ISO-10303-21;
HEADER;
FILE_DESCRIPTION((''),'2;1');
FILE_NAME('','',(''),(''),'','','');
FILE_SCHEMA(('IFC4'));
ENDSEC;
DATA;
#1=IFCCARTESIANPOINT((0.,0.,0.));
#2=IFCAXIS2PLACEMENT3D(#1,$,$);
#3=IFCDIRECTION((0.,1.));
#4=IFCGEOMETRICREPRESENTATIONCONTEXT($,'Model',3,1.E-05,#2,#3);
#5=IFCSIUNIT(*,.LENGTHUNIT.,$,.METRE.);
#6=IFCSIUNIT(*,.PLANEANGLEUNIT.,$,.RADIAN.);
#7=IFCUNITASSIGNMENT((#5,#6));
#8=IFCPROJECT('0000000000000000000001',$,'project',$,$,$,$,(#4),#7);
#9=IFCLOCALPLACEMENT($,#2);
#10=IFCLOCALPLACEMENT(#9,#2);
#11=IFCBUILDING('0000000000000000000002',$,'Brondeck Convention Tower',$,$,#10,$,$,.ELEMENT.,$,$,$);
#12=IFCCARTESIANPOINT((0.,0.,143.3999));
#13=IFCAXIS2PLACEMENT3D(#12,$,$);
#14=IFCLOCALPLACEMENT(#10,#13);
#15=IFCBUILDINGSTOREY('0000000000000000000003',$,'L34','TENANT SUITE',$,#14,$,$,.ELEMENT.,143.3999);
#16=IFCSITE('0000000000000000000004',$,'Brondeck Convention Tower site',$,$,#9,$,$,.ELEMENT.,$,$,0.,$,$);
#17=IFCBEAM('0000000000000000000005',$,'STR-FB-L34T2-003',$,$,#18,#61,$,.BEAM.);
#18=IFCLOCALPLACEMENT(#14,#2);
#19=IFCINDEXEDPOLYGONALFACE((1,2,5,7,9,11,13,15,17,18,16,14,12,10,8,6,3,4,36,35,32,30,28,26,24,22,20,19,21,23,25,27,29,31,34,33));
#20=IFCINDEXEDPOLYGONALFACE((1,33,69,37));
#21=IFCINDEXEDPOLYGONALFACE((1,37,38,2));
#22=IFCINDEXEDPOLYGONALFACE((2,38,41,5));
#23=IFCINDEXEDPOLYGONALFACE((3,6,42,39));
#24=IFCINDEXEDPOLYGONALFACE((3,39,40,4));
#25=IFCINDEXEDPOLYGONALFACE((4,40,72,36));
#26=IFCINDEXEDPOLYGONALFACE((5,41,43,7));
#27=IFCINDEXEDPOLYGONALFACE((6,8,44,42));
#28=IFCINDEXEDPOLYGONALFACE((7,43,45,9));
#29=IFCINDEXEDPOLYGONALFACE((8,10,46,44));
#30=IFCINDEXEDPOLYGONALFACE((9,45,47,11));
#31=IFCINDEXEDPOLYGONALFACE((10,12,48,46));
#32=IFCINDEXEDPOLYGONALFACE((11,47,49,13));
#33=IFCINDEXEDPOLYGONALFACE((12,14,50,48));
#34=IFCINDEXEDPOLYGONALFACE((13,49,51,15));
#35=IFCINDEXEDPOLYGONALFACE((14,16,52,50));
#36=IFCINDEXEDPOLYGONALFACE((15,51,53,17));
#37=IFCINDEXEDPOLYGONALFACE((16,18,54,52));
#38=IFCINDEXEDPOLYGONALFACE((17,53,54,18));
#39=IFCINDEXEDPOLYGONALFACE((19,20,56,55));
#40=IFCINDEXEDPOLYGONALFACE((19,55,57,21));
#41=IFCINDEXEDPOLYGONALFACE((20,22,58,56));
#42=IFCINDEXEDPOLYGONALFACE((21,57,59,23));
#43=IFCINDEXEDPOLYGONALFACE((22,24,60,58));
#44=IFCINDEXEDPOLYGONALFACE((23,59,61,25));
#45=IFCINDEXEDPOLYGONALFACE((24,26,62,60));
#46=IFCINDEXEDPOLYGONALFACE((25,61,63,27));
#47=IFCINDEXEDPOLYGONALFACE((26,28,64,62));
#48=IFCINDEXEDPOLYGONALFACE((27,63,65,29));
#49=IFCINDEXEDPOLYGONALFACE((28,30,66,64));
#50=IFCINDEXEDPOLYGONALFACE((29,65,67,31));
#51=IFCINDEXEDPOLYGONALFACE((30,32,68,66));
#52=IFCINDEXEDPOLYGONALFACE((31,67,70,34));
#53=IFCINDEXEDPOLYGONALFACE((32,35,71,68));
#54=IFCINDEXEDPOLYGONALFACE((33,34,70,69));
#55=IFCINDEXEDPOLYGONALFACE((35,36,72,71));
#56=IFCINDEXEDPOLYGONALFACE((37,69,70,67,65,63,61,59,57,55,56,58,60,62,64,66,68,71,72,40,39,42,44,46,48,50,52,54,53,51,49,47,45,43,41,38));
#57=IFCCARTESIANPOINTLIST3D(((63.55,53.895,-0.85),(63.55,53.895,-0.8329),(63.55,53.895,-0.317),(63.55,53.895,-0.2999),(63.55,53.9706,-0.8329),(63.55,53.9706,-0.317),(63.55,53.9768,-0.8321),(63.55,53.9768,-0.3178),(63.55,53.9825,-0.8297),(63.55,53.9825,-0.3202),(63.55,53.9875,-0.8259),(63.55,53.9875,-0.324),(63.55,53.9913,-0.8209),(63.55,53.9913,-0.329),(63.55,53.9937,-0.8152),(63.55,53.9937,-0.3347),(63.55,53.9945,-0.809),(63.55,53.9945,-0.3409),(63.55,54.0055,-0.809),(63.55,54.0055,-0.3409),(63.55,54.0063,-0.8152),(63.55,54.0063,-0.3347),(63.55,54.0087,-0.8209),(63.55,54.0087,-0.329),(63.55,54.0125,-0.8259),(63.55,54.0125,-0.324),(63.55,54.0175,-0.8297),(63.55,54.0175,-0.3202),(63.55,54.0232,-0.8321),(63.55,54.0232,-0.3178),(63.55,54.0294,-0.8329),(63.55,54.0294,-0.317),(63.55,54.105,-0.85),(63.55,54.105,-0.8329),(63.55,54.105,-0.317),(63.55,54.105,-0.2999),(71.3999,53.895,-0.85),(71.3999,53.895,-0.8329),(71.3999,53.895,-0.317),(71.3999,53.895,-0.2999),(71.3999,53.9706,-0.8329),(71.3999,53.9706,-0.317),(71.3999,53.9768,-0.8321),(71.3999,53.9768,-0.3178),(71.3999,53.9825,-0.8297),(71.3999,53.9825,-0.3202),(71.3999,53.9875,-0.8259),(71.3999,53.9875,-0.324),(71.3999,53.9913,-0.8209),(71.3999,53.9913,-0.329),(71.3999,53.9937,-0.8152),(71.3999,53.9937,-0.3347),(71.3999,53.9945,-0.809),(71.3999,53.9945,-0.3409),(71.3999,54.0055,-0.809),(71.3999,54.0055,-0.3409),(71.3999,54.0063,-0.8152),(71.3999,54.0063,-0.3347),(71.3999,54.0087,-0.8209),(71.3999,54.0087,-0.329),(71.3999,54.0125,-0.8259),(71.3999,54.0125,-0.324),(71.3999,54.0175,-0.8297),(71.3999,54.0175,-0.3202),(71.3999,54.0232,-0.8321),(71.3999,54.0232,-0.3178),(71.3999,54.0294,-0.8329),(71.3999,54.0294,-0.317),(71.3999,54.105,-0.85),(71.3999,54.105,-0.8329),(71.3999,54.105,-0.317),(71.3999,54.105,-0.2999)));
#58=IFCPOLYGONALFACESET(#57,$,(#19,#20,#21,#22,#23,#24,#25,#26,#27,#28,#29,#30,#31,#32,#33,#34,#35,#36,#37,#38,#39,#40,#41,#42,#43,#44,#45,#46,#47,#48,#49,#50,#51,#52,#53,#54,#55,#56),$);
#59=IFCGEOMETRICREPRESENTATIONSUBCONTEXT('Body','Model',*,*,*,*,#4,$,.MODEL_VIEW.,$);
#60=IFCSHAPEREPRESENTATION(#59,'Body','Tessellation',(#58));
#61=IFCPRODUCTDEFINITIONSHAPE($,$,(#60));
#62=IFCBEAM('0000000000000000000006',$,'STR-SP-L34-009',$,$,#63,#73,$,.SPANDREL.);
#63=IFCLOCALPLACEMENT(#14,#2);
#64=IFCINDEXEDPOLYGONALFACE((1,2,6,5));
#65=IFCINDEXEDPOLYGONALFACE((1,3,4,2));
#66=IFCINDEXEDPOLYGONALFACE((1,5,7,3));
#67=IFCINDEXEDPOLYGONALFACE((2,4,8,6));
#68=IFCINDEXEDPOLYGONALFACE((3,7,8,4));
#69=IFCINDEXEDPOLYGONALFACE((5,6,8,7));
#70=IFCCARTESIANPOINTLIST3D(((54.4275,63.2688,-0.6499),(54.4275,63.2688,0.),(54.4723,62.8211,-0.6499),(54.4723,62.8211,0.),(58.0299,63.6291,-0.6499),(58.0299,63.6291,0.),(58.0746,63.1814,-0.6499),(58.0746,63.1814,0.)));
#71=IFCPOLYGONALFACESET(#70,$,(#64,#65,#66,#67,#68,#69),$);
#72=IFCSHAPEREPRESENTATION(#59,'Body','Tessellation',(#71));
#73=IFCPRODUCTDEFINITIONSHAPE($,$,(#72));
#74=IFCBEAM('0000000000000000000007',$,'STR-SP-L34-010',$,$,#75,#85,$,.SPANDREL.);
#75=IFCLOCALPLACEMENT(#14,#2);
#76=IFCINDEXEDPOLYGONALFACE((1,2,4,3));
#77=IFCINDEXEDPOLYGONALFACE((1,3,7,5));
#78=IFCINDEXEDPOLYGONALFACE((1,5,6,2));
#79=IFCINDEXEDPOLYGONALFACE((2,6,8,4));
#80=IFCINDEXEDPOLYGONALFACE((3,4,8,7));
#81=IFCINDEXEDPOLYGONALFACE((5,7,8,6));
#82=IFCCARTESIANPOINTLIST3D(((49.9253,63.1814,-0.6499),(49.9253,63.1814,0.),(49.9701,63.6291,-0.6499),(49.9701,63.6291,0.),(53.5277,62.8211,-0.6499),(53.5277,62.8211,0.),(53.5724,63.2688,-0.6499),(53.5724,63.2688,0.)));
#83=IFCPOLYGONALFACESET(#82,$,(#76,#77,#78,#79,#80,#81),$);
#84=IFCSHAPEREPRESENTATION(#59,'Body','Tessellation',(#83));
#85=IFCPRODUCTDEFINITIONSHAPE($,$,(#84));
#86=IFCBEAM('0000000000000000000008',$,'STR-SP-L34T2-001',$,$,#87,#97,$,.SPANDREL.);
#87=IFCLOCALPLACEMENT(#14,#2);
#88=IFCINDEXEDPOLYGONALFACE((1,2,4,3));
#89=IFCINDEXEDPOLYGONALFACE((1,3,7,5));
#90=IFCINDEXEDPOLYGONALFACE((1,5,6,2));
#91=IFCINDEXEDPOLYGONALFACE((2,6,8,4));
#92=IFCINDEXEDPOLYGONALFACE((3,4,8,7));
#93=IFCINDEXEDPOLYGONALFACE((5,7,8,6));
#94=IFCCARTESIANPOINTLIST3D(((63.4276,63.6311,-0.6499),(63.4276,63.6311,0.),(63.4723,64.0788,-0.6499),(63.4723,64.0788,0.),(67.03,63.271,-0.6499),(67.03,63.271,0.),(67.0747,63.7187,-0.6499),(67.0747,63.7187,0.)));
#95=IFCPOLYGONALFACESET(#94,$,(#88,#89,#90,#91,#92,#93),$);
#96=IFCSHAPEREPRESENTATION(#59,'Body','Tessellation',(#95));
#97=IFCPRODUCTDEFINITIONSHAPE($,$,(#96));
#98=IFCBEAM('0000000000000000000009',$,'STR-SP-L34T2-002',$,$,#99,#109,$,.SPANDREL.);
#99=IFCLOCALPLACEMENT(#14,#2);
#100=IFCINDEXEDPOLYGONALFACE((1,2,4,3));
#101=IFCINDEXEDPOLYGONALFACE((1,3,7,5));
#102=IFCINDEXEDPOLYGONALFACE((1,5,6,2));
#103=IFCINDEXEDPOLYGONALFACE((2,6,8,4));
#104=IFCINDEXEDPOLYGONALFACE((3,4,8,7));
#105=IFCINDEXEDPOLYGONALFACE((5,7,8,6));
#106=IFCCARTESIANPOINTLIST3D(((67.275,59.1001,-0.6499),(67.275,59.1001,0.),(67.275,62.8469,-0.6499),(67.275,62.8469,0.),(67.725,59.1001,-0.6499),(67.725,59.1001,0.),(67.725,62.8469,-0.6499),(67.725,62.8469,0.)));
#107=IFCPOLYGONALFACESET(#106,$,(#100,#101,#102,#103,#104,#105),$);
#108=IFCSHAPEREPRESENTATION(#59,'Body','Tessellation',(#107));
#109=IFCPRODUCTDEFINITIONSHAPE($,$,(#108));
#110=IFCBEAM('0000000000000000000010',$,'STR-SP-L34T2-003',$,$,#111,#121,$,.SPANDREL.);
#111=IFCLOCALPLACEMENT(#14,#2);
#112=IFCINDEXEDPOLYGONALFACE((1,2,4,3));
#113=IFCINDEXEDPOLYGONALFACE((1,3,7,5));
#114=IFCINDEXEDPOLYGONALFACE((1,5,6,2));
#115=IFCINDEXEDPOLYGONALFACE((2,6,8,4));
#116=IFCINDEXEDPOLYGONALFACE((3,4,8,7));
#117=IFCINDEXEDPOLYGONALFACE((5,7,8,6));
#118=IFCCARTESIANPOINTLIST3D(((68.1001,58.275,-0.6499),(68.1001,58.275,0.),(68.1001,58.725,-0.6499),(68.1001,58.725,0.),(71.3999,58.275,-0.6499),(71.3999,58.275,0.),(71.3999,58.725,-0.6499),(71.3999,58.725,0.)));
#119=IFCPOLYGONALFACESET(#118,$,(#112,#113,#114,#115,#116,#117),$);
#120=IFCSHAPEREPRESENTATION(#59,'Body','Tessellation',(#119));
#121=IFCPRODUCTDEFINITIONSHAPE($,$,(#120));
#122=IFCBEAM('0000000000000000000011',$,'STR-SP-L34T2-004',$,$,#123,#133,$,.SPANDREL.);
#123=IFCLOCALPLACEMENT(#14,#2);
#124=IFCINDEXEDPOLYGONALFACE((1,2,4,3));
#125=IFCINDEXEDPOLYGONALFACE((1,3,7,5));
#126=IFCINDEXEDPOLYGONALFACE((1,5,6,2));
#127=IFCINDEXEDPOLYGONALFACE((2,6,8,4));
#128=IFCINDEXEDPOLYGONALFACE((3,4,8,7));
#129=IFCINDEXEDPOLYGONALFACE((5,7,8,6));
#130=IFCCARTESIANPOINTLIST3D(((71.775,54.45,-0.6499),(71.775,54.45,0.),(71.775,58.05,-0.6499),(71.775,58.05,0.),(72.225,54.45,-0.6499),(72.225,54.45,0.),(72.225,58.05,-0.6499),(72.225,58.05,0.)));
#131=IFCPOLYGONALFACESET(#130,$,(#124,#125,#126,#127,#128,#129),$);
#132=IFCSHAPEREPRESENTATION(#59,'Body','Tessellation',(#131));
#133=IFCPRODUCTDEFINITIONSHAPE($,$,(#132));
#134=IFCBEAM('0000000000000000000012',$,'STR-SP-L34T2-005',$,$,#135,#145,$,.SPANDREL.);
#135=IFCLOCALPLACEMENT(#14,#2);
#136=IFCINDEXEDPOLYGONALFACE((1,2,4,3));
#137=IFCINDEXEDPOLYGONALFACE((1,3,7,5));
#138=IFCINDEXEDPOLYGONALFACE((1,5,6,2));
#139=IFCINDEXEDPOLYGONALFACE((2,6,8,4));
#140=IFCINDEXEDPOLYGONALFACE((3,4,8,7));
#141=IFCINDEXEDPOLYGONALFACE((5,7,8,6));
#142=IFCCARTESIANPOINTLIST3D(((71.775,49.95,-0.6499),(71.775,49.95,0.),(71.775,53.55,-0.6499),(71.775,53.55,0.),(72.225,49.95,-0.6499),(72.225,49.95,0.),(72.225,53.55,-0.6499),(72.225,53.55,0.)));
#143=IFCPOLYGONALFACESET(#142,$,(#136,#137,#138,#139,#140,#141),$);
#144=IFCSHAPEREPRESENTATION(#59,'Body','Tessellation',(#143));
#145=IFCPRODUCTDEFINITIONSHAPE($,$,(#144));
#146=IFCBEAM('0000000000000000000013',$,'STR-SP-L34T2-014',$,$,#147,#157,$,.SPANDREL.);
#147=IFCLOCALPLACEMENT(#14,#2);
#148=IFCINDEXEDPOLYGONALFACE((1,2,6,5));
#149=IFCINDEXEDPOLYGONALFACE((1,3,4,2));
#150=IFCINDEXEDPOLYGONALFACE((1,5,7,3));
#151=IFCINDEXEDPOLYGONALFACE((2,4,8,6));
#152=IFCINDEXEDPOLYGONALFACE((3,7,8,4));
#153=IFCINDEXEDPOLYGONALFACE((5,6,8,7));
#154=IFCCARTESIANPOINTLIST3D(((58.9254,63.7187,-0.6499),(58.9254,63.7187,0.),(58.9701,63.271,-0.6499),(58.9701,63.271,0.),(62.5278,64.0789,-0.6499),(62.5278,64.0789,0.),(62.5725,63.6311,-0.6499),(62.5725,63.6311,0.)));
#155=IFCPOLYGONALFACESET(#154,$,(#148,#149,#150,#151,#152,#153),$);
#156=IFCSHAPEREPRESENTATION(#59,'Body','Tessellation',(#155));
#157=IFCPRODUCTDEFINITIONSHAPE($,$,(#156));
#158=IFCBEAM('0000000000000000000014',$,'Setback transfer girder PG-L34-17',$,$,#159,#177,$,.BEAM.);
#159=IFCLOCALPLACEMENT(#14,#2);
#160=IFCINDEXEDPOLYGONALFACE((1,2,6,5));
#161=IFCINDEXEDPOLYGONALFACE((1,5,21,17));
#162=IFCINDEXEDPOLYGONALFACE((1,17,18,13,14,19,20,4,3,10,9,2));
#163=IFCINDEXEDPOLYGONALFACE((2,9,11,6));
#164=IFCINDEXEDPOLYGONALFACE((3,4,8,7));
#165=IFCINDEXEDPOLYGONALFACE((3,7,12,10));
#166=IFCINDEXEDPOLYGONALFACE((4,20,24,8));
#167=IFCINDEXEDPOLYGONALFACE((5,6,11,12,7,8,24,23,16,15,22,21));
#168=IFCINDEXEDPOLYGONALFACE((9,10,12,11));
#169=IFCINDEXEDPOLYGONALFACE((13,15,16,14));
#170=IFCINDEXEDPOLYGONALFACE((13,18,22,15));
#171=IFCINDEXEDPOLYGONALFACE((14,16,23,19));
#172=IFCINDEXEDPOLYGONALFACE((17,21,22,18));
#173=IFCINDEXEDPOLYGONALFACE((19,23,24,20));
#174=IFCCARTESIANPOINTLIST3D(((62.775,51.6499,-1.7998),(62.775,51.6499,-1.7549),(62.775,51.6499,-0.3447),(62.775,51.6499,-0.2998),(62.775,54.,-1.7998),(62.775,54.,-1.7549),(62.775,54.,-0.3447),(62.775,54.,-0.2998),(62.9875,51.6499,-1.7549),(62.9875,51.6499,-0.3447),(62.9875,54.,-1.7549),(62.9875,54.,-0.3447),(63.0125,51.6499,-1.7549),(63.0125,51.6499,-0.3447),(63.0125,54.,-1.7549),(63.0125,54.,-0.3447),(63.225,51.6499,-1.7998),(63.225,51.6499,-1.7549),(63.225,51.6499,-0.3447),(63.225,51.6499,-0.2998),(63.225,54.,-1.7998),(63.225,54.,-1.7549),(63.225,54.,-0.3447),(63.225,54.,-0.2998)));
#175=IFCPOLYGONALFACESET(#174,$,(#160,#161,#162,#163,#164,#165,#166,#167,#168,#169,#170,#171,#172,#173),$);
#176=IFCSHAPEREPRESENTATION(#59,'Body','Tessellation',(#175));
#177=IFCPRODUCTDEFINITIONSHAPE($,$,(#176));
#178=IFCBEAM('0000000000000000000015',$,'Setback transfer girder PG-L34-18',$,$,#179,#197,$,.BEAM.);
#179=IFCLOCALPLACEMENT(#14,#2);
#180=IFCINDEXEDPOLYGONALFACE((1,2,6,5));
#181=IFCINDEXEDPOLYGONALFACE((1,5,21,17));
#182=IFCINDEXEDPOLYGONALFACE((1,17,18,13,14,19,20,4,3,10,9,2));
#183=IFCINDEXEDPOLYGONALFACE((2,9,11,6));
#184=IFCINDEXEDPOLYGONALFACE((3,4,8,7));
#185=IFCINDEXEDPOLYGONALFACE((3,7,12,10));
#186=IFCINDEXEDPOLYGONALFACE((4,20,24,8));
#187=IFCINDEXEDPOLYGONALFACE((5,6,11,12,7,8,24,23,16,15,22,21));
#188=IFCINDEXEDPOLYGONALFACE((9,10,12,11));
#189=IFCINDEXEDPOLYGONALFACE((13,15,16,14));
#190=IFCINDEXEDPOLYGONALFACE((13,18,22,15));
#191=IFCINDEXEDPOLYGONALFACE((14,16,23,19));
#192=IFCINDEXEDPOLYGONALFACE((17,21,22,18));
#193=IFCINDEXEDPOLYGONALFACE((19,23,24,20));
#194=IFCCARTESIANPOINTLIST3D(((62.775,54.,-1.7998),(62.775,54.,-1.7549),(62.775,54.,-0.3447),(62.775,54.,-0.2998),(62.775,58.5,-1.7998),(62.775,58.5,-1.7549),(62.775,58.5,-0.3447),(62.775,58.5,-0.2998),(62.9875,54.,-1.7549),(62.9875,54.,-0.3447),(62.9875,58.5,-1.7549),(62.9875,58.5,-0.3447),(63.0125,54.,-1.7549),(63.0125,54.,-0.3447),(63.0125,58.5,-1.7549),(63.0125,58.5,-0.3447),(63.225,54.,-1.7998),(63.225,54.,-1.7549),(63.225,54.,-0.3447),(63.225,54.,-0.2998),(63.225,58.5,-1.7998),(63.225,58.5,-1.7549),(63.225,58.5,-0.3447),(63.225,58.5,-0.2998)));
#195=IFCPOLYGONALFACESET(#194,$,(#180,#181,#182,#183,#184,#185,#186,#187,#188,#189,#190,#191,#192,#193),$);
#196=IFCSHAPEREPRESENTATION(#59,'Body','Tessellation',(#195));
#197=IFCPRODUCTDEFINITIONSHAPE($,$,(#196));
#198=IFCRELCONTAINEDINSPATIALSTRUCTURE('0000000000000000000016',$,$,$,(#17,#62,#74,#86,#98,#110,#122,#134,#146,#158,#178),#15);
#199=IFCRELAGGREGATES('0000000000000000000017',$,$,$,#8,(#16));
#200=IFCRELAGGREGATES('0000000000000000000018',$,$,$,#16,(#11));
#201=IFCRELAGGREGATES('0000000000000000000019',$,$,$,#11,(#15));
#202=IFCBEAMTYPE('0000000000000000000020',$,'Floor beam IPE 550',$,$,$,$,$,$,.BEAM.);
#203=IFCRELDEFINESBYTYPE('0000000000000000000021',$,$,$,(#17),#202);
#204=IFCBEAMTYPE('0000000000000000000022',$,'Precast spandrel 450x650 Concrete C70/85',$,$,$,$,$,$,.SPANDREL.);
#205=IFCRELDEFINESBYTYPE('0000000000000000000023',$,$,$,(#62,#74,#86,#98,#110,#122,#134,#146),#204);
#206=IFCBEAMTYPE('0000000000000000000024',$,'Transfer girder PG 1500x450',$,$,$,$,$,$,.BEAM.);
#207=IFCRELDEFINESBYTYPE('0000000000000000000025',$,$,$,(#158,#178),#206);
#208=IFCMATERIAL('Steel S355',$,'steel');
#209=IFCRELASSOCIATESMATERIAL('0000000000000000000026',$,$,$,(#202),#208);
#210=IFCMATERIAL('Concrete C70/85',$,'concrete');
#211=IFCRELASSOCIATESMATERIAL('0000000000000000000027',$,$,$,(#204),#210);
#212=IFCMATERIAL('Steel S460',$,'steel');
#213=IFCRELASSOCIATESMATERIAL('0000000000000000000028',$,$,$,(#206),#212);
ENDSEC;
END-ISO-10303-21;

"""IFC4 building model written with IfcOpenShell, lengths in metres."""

from ifc_helpers import new_model, si_unit, direction, frame, origin, origin_2d, place, context, subcontext, project, spatial, rectangle, i_section, extrude, material, material_profile, profile_set, type_object, element, save


model = new_model("IFC4")

# Units and contexts
model_context = context("Model", 3, precision=1e-05, world=origin(), true_north=direction((0.0, 1.0)))
body_context = subcontext(model_context, "Body", "Model", "MODEL_VIEW")
ifc_project = project(units=[si_unit("LENGTHUNIT", "METRE"), si_unit("PLANEANGLEUNIT", "RADIAN")], contexts=[model_context])

# Site, building, storey
site_placement = place(None, origin())
site = spatial("IfcSite", under=ifc_project, at=site_placement, Name="Brondeck Convention Tower site", CompositionType="ELEMENT", RefElevation=0.0)
building_placement = place(site_placement, origin())
building = spatial("IfcBuilding", under=site, at=building_placement, Name="Brondeck Convention Tower", CompositionType="ELEMENT")
storey_placement = place(building_placement, frame((0.0, 0.0, 143.3999)))
storey = spatial("IfcBuildingStorey", under=building, at=storey_placement, Name="L34", Description="TENANT SUITE", CompositionType="ELEMENT", Elevation=143.3999)

# Shared definitions
ifc_material_1 = material(Name="Concrete C70/85", Category="concrete")

# Beams
ifc_material_2 = material(Name="Steel S355", Category="steel")
ifc_material_profile_1 = material_profile(ifc_material_2, i_section(OverallWidth=0.21, OverallDepth=0.55, WebThickness=0.011, FlangeThickness=0.0171, FilletRadius=0.0239, at=origin_2d()), Name="IPE 550")
ifc_profile_set_1 = profile_set([ifc_material_profile_1], Name="Steel S355")
beam_type_1 = type_object("IfcBeamType", Name="Floor beam IPE 550", PredefinedType="BEAM", material=ifc_profile_set_1)
beam_1_placement = place(storey_placement, frame((63.55, 54.0, -0.575), z_axis=(1.0, 0.0, 0.0), x_axis=(0.0, 1.0, 0.0)))
element("IfcBeam", 1, at=beam_1_placement, inside=storey, type_object=beam_type_1, Name="STR-FB-L34T2-003", PredefinedType="BEAM", context=body_context, shape_type="SweptSolid", body=[
    extrude(i_section(OverallWidth=0.21, OverallDepth=0.55, WebThickness=0.011, FlangeThickness=0.0171, FilletRadius=0.0239, at=origin_2d()), origin(), (0.0, 0.0, 1.0), 7.8499),
])
ifc_material_profile_2 = material_profile(ifc_material_1, rectangle(XDim=0.45, YDim=0.6499, at=origin_2d()), Name="Precast spandrel 450x650 Concrete C70/85")
ifc_profile_set_2 = profile_set([ifc_material_profile_2], Name="Concrete C70/85")
beam_type_2 = type_object("IfcBeamType", Name="Precast spandrel 450x650 Concrete C70/85", PredefinedType="SPANDREL", material=ifc_profile_set_2)
for number, where, z_axis, x_axis, name in (
    (2, (58.0522, 63.4053, -0.325), (-0.995034, -0.099537, 0.0), (0.099537, -0.995034, 0.0), "STR-SP-L34-009"),
    (3, (53.55, 63.0449, -0.325), (-0.995034, 0.099537, 0.0), (-0.099537, -0.995034, 0.0), "STR-SP-L34-010"),
    (4, (63.45, 63.855, -0.325), (0.995041, -0.09947, 0.0), (0.09947, 0.995041, 0.0), "STR-SP-L34T2-001"),
):
    element("IfcBeam", number, at=place(storey_placement, frame(where, z_axis=z_axis, x_axis=x_axis)), inside=storey, type_object=beam_type_2, Name=name, PredefinedType="SPANDREL", context=body_context, shape_type="SweptSolid", body=[
        extrude(rectangle(XDim=0.45, YDim=0.6499, at=origin_2d()), origin(), (0.0, 0.0, 1.0), 3.6204),
    ])
beam_2_placement = place(storey_placement, frame((67.5, 62.8469, -0.325), z_axis=(0.0, -1.0, 0.0), x_axis=(1.0, 0.0, 0.0)))
element("IfcBeam", 5, at=beam_2_placement, inside=storey, type_object=beam_type_2, Name="STR-SP-L34T2-002", PredefinedType="SPANDREL", context=body_context, shape_type="SweptSolid", body=[
    extrude(rectangle(XDim=0.45, YDim=0.6499, at=origin_2d()), origin(), (0.0, 0.0, 1.0), 3.7468),
])
beam_3_placement = place(storey_placement, frame((68.1001, 58.5, -0.325), z_axis=(1.0, 0.0, 0.0), x_axis=(0.0, 1.0, 0.0)))
element("IfcBeam", 6, at=beam_3_placement, inside=storey, type_object=beam_type_2, Name="STR-SP-L34T2-003", PredefinedType="SPANDREL", context=body_context, shape_type="SweptSolid", body=[
    extrude(rectangle(XDim=0.45, YDim=0.6499, at=origin_2d()), origin(), (0.0, 0.0, 1.0), 3.2998),
])
for number, where, z_axis, x_axis, name in (
    (7, (72.0, 58.05, -0.325), (0.0, -1.0, 0.0), (1.0, 0.0, 0.0), "STR-SP-L34T2-004"),
    (8, (72.0, 53.55, -0.325), (0.0, -1.0, 0.0), (1.0, 0.0, 0.0), "STR-SP-L34T2-005"),
):
    element("IfcBeam", number, at=place(storey_placement, frame(where, z_axis=z_axis, x_axis=x_axis)), inside=storey, type_object=beam_type_2, Name=name, PredefinedType="SPANDREL", context=body_context, shape_type="SweptSolid", body=[
        extrude(rectangle(XDim=0.45, YDim=0.6499, at=origin_2d()), origin(), (0.0, 0.0, 1.0), 3.6001),
    ])
beam_4_placement = place(storey_placement, frame((58.9478, 63.4949, -0.325), z_axis=(0.995041, 0.09947, 0.0), x_axis=(-0.09947, 0.995041, 0.0)))
element("IfcBeam", 9, at=beam_4_placement, inside=storey, type_object=beam_type_2, Name="STR-SP-L34T2-014", PredefinedType="SPANDREL", context=body_context, shape_type="SweptSolid", body=[
    extrude(rectangle(XDim=0.45, YDim=0.6499, at=origin_2d()), origin(), (0.0, 0.0, 1.0), 3.6204),
])
ifc_material_3 = material(Name="Steel S460", Category="steel")
ifc_material_profile_3 = material_profile(ifc_material_3, i_section(OverallWidth=0.45, OverallDepth=1.5, WebThickness=0.0249, FlangeThickness=0.0449, at=origin_2d()), Name="PG 1500x450")
ifc_profile_set_3 = profile_set([ifc_material_profile_3], Name="Steel S460")
beam_type_3 = type_object("IfcBeamType", Name="Transfer girder PG 1500x450", PredefinedType="BEAM", material=ifc_profile_set_3)
beam_5_placement = place(storey_placement, frame((63.0, 51.6499, -1.0498), z_axis=(0.0, 1.0, 0.0), x_axis=(-1.0, 0.0, 0.0)))
element("IfcBeam", 10, at=beam_5_placement, inside=storey, type_object=beam_type_3, Name="Setback transfer girder PG-L34-17", PredefinedType="BEAM", context=body_context, shape_type="SweptSolid", body=[
    extrude(i_section(OverallWidth=0.45, OverallDepth=1.5, WebThickness=0.0249, FlangeThickness=0.0449, at=origin_2d()), origin(), (0.0, 0.0, 1.0), 2.3501),
])
for number, where, z_axis, x_axis, name in (
    (11, (63.0, 54.0, -1.0498), (0.0, 1.0, 0.0), (-1.0, 0.0, 0.0), "Setback transfer girder PG-L34-18"),
):
    element("IfcBeam", number, at=place(storey_placement, frame(where, z_axis=z_axis, x_axis=x_axis)), inside=storey, type_object=beam_type_3, Name=name, PredefinedType="BEAM", context=body_context, shape_type="SweptSolid", body=[
        extrude(i_section(OverallWidth=0.45, OverallDepth=1.5, WebThickness=0.0249, FlangeThickness=0.0449, at=origin_2d()), origin(), (0.0, 0.0, 1.0), 4.5),
    ])

save(model, "model.ifc")
